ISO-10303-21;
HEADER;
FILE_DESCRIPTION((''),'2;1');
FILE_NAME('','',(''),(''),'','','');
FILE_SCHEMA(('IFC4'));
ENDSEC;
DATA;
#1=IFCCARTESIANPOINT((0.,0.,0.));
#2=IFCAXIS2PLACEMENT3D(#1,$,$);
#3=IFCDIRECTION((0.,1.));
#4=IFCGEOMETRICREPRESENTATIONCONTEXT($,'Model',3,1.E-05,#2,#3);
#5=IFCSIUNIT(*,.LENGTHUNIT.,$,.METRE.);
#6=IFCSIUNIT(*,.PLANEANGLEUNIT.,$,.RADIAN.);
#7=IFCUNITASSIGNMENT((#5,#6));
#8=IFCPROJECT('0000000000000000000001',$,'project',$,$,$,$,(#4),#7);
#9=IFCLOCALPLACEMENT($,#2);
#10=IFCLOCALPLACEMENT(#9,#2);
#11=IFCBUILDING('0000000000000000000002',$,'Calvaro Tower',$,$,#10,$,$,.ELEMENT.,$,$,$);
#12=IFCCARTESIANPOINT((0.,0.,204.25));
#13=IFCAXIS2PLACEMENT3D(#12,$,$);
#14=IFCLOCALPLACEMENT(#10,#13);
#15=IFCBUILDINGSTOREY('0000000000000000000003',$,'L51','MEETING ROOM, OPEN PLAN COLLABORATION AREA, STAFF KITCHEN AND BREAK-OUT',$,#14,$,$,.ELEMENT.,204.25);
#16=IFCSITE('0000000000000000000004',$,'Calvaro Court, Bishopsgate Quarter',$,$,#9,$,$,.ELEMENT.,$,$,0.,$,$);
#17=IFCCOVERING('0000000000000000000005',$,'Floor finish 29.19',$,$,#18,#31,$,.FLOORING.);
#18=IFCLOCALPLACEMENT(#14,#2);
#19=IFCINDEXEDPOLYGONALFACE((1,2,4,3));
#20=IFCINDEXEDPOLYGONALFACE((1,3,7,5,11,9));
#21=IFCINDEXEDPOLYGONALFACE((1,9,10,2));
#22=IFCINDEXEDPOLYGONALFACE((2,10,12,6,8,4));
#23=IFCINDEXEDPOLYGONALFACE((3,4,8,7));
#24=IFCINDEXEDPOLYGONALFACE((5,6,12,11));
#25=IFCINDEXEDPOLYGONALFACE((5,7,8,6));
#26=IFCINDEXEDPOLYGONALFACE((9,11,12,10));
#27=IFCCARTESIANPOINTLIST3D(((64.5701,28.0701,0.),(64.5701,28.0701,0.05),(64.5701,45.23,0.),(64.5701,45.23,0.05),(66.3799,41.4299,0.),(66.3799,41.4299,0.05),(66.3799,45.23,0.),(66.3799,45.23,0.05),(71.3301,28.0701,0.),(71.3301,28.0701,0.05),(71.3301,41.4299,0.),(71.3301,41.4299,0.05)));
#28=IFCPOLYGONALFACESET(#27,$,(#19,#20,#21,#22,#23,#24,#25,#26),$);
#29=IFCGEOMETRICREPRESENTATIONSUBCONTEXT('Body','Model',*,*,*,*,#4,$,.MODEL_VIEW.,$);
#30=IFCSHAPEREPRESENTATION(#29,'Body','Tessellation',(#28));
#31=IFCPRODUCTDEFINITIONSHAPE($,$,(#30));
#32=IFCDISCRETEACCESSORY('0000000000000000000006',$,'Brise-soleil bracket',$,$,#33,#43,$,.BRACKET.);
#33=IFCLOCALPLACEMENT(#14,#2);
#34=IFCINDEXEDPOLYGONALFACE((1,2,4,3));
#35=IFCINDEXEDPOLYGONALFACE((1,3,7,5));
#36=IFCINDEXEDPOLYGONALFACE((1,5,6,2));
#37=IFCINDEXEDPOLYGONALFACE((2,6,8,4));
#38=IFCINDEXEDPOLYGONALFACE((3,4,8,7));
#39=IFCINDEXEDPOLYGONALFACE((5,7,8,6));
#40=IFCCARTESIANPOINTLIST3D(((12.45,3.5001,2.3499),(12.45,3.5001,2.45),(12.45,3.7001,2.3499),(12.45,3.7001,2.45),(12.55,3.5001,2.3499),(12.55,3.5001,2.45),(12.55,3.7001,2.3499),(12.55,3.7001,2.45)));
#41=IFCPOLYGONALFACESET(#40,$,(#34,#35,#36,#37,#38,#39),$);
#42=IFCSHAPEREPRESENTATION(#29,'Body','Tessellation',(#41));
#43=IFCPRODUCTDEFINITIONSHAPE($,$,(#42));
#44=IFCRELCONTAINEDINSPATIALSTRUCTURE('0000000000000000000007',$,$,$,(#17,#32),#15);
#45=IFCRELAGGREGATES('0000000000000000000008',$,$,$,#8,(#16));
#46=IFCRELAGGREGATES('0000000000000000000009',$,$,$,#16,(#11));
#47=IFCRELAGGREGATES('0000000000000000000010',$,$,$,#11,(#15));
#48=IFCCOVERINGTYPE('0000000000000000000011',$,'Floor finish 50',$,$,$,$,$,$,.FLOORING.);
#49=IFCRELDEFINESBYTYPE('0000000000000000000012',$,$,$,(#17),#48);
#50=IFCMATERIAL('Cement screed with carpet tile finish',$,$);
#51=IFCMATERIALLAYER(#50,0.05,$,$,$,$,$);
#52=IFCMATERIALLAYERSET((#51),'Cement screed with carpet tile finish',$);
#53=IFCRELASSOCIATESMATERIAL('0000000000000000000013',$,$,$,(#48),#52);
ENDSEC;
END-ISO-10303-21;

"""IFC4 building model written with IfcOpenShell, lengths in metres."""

from ifc_helpers import new_model, si_unit, direction, frame, origin, origin_2d, place, context, subcontext, project, spatial, polyline, rectangle, outline, extrude, material, layer, layer_set, type_object, element, save


model = new_model("IFC4")

# Units and contexts
model_context = context("Model", 3, precision=1e-05, world=origin(), true_north=direction((0.0, 1.0)))
body_context = subcontext(model_context, "Body", "Model", "MODEL_VIEW")
ifc_project = project(units=[si_unit("LENGTHUNIT", "METRE"), si_unit("PLANEANGLEUNIT", "RADIAN")], contexts=[model_context])

# Site, building, storey
site_placement = place(None, origin())
site = spatial("IfcSite", under=ifc_project, at=site_placement, Name="Calvaro Court, Bishopsgate Quarter", CompositionType="ELEMENT", RefElevation=0.0)
building_placement = place(site_placement, origin())
building = spatial("IfcBuilding", under=site, at=building_placement, Name="Calvaro Tower", CompositionType="ELEMENT")
storey_placement = place(building_placement, frame((0.0, 0.0, 204.25)))
storey = spatial("IfcBuildingStorey", under=building, at=storey_placement, Name="L51", Description="MEETING ROOM, OPEN PLAN COLLABORATION AREA, STAFF KITCHEN AND BREAK-OUT", CompositionType="ELEMENT", Elevation=204.25)

# Covering
ifc_material_1 = material(Name="Cement screed with carpet tile finish")
ifc_layer_1 = layer(ifc_material_1, 0.05)
ifc_layer_set_1 = layer_set([ifc_layer_1], Name="Cement screed with carpet tile finish")
covering_type = type_object("IfcCoveringType", Name="Floor finish 50", PredefinedType="FLOORING", material=ifc_layer_set_1)
covering_1_placement = place(storey_placement, origin())
element("IfcCovering", 1, at=covering_1_placement, inside=storey, type_object=covering_type, Name="Floor finish 29.19", PredefinedType="FLOORING", context=body_context, shape_type="SweptSolid", body=[
    extrude(outline(polyline([(71.3301, 28.0701), (64.5701, 28.0701), (64.5701, 45.23), (66.3799, 45.23), (66.3799, 41.4299), (71.3301, 41.4299), (71.3301, 28.0701)])), origin(), (0.0, 0.0, 1.0), 0.05),
])

# Discrete accessory
discrete_accessory_placement = place(storey_placement, frame((12.5, 3.6001, 2.3499), z_axis=(0.0, 0.0, 1.0), x_axis=(1.0, 0.0, 0.0)))
element("IfcDiscreteAccessory", 2, at=discrete_accessory_placement, inside=storey, Name="Brise-soleil bracket", PredefinedType="BRACKET", context=body_context, shape_type="SweptSolid", body=[
    extrude(rectangle(XDim=0.1001, YDim=0.2, at=origin_2d()), origin(), (0.0, 0.0, 1.0), 0.1001),
])

save(model, "model.ifc")
